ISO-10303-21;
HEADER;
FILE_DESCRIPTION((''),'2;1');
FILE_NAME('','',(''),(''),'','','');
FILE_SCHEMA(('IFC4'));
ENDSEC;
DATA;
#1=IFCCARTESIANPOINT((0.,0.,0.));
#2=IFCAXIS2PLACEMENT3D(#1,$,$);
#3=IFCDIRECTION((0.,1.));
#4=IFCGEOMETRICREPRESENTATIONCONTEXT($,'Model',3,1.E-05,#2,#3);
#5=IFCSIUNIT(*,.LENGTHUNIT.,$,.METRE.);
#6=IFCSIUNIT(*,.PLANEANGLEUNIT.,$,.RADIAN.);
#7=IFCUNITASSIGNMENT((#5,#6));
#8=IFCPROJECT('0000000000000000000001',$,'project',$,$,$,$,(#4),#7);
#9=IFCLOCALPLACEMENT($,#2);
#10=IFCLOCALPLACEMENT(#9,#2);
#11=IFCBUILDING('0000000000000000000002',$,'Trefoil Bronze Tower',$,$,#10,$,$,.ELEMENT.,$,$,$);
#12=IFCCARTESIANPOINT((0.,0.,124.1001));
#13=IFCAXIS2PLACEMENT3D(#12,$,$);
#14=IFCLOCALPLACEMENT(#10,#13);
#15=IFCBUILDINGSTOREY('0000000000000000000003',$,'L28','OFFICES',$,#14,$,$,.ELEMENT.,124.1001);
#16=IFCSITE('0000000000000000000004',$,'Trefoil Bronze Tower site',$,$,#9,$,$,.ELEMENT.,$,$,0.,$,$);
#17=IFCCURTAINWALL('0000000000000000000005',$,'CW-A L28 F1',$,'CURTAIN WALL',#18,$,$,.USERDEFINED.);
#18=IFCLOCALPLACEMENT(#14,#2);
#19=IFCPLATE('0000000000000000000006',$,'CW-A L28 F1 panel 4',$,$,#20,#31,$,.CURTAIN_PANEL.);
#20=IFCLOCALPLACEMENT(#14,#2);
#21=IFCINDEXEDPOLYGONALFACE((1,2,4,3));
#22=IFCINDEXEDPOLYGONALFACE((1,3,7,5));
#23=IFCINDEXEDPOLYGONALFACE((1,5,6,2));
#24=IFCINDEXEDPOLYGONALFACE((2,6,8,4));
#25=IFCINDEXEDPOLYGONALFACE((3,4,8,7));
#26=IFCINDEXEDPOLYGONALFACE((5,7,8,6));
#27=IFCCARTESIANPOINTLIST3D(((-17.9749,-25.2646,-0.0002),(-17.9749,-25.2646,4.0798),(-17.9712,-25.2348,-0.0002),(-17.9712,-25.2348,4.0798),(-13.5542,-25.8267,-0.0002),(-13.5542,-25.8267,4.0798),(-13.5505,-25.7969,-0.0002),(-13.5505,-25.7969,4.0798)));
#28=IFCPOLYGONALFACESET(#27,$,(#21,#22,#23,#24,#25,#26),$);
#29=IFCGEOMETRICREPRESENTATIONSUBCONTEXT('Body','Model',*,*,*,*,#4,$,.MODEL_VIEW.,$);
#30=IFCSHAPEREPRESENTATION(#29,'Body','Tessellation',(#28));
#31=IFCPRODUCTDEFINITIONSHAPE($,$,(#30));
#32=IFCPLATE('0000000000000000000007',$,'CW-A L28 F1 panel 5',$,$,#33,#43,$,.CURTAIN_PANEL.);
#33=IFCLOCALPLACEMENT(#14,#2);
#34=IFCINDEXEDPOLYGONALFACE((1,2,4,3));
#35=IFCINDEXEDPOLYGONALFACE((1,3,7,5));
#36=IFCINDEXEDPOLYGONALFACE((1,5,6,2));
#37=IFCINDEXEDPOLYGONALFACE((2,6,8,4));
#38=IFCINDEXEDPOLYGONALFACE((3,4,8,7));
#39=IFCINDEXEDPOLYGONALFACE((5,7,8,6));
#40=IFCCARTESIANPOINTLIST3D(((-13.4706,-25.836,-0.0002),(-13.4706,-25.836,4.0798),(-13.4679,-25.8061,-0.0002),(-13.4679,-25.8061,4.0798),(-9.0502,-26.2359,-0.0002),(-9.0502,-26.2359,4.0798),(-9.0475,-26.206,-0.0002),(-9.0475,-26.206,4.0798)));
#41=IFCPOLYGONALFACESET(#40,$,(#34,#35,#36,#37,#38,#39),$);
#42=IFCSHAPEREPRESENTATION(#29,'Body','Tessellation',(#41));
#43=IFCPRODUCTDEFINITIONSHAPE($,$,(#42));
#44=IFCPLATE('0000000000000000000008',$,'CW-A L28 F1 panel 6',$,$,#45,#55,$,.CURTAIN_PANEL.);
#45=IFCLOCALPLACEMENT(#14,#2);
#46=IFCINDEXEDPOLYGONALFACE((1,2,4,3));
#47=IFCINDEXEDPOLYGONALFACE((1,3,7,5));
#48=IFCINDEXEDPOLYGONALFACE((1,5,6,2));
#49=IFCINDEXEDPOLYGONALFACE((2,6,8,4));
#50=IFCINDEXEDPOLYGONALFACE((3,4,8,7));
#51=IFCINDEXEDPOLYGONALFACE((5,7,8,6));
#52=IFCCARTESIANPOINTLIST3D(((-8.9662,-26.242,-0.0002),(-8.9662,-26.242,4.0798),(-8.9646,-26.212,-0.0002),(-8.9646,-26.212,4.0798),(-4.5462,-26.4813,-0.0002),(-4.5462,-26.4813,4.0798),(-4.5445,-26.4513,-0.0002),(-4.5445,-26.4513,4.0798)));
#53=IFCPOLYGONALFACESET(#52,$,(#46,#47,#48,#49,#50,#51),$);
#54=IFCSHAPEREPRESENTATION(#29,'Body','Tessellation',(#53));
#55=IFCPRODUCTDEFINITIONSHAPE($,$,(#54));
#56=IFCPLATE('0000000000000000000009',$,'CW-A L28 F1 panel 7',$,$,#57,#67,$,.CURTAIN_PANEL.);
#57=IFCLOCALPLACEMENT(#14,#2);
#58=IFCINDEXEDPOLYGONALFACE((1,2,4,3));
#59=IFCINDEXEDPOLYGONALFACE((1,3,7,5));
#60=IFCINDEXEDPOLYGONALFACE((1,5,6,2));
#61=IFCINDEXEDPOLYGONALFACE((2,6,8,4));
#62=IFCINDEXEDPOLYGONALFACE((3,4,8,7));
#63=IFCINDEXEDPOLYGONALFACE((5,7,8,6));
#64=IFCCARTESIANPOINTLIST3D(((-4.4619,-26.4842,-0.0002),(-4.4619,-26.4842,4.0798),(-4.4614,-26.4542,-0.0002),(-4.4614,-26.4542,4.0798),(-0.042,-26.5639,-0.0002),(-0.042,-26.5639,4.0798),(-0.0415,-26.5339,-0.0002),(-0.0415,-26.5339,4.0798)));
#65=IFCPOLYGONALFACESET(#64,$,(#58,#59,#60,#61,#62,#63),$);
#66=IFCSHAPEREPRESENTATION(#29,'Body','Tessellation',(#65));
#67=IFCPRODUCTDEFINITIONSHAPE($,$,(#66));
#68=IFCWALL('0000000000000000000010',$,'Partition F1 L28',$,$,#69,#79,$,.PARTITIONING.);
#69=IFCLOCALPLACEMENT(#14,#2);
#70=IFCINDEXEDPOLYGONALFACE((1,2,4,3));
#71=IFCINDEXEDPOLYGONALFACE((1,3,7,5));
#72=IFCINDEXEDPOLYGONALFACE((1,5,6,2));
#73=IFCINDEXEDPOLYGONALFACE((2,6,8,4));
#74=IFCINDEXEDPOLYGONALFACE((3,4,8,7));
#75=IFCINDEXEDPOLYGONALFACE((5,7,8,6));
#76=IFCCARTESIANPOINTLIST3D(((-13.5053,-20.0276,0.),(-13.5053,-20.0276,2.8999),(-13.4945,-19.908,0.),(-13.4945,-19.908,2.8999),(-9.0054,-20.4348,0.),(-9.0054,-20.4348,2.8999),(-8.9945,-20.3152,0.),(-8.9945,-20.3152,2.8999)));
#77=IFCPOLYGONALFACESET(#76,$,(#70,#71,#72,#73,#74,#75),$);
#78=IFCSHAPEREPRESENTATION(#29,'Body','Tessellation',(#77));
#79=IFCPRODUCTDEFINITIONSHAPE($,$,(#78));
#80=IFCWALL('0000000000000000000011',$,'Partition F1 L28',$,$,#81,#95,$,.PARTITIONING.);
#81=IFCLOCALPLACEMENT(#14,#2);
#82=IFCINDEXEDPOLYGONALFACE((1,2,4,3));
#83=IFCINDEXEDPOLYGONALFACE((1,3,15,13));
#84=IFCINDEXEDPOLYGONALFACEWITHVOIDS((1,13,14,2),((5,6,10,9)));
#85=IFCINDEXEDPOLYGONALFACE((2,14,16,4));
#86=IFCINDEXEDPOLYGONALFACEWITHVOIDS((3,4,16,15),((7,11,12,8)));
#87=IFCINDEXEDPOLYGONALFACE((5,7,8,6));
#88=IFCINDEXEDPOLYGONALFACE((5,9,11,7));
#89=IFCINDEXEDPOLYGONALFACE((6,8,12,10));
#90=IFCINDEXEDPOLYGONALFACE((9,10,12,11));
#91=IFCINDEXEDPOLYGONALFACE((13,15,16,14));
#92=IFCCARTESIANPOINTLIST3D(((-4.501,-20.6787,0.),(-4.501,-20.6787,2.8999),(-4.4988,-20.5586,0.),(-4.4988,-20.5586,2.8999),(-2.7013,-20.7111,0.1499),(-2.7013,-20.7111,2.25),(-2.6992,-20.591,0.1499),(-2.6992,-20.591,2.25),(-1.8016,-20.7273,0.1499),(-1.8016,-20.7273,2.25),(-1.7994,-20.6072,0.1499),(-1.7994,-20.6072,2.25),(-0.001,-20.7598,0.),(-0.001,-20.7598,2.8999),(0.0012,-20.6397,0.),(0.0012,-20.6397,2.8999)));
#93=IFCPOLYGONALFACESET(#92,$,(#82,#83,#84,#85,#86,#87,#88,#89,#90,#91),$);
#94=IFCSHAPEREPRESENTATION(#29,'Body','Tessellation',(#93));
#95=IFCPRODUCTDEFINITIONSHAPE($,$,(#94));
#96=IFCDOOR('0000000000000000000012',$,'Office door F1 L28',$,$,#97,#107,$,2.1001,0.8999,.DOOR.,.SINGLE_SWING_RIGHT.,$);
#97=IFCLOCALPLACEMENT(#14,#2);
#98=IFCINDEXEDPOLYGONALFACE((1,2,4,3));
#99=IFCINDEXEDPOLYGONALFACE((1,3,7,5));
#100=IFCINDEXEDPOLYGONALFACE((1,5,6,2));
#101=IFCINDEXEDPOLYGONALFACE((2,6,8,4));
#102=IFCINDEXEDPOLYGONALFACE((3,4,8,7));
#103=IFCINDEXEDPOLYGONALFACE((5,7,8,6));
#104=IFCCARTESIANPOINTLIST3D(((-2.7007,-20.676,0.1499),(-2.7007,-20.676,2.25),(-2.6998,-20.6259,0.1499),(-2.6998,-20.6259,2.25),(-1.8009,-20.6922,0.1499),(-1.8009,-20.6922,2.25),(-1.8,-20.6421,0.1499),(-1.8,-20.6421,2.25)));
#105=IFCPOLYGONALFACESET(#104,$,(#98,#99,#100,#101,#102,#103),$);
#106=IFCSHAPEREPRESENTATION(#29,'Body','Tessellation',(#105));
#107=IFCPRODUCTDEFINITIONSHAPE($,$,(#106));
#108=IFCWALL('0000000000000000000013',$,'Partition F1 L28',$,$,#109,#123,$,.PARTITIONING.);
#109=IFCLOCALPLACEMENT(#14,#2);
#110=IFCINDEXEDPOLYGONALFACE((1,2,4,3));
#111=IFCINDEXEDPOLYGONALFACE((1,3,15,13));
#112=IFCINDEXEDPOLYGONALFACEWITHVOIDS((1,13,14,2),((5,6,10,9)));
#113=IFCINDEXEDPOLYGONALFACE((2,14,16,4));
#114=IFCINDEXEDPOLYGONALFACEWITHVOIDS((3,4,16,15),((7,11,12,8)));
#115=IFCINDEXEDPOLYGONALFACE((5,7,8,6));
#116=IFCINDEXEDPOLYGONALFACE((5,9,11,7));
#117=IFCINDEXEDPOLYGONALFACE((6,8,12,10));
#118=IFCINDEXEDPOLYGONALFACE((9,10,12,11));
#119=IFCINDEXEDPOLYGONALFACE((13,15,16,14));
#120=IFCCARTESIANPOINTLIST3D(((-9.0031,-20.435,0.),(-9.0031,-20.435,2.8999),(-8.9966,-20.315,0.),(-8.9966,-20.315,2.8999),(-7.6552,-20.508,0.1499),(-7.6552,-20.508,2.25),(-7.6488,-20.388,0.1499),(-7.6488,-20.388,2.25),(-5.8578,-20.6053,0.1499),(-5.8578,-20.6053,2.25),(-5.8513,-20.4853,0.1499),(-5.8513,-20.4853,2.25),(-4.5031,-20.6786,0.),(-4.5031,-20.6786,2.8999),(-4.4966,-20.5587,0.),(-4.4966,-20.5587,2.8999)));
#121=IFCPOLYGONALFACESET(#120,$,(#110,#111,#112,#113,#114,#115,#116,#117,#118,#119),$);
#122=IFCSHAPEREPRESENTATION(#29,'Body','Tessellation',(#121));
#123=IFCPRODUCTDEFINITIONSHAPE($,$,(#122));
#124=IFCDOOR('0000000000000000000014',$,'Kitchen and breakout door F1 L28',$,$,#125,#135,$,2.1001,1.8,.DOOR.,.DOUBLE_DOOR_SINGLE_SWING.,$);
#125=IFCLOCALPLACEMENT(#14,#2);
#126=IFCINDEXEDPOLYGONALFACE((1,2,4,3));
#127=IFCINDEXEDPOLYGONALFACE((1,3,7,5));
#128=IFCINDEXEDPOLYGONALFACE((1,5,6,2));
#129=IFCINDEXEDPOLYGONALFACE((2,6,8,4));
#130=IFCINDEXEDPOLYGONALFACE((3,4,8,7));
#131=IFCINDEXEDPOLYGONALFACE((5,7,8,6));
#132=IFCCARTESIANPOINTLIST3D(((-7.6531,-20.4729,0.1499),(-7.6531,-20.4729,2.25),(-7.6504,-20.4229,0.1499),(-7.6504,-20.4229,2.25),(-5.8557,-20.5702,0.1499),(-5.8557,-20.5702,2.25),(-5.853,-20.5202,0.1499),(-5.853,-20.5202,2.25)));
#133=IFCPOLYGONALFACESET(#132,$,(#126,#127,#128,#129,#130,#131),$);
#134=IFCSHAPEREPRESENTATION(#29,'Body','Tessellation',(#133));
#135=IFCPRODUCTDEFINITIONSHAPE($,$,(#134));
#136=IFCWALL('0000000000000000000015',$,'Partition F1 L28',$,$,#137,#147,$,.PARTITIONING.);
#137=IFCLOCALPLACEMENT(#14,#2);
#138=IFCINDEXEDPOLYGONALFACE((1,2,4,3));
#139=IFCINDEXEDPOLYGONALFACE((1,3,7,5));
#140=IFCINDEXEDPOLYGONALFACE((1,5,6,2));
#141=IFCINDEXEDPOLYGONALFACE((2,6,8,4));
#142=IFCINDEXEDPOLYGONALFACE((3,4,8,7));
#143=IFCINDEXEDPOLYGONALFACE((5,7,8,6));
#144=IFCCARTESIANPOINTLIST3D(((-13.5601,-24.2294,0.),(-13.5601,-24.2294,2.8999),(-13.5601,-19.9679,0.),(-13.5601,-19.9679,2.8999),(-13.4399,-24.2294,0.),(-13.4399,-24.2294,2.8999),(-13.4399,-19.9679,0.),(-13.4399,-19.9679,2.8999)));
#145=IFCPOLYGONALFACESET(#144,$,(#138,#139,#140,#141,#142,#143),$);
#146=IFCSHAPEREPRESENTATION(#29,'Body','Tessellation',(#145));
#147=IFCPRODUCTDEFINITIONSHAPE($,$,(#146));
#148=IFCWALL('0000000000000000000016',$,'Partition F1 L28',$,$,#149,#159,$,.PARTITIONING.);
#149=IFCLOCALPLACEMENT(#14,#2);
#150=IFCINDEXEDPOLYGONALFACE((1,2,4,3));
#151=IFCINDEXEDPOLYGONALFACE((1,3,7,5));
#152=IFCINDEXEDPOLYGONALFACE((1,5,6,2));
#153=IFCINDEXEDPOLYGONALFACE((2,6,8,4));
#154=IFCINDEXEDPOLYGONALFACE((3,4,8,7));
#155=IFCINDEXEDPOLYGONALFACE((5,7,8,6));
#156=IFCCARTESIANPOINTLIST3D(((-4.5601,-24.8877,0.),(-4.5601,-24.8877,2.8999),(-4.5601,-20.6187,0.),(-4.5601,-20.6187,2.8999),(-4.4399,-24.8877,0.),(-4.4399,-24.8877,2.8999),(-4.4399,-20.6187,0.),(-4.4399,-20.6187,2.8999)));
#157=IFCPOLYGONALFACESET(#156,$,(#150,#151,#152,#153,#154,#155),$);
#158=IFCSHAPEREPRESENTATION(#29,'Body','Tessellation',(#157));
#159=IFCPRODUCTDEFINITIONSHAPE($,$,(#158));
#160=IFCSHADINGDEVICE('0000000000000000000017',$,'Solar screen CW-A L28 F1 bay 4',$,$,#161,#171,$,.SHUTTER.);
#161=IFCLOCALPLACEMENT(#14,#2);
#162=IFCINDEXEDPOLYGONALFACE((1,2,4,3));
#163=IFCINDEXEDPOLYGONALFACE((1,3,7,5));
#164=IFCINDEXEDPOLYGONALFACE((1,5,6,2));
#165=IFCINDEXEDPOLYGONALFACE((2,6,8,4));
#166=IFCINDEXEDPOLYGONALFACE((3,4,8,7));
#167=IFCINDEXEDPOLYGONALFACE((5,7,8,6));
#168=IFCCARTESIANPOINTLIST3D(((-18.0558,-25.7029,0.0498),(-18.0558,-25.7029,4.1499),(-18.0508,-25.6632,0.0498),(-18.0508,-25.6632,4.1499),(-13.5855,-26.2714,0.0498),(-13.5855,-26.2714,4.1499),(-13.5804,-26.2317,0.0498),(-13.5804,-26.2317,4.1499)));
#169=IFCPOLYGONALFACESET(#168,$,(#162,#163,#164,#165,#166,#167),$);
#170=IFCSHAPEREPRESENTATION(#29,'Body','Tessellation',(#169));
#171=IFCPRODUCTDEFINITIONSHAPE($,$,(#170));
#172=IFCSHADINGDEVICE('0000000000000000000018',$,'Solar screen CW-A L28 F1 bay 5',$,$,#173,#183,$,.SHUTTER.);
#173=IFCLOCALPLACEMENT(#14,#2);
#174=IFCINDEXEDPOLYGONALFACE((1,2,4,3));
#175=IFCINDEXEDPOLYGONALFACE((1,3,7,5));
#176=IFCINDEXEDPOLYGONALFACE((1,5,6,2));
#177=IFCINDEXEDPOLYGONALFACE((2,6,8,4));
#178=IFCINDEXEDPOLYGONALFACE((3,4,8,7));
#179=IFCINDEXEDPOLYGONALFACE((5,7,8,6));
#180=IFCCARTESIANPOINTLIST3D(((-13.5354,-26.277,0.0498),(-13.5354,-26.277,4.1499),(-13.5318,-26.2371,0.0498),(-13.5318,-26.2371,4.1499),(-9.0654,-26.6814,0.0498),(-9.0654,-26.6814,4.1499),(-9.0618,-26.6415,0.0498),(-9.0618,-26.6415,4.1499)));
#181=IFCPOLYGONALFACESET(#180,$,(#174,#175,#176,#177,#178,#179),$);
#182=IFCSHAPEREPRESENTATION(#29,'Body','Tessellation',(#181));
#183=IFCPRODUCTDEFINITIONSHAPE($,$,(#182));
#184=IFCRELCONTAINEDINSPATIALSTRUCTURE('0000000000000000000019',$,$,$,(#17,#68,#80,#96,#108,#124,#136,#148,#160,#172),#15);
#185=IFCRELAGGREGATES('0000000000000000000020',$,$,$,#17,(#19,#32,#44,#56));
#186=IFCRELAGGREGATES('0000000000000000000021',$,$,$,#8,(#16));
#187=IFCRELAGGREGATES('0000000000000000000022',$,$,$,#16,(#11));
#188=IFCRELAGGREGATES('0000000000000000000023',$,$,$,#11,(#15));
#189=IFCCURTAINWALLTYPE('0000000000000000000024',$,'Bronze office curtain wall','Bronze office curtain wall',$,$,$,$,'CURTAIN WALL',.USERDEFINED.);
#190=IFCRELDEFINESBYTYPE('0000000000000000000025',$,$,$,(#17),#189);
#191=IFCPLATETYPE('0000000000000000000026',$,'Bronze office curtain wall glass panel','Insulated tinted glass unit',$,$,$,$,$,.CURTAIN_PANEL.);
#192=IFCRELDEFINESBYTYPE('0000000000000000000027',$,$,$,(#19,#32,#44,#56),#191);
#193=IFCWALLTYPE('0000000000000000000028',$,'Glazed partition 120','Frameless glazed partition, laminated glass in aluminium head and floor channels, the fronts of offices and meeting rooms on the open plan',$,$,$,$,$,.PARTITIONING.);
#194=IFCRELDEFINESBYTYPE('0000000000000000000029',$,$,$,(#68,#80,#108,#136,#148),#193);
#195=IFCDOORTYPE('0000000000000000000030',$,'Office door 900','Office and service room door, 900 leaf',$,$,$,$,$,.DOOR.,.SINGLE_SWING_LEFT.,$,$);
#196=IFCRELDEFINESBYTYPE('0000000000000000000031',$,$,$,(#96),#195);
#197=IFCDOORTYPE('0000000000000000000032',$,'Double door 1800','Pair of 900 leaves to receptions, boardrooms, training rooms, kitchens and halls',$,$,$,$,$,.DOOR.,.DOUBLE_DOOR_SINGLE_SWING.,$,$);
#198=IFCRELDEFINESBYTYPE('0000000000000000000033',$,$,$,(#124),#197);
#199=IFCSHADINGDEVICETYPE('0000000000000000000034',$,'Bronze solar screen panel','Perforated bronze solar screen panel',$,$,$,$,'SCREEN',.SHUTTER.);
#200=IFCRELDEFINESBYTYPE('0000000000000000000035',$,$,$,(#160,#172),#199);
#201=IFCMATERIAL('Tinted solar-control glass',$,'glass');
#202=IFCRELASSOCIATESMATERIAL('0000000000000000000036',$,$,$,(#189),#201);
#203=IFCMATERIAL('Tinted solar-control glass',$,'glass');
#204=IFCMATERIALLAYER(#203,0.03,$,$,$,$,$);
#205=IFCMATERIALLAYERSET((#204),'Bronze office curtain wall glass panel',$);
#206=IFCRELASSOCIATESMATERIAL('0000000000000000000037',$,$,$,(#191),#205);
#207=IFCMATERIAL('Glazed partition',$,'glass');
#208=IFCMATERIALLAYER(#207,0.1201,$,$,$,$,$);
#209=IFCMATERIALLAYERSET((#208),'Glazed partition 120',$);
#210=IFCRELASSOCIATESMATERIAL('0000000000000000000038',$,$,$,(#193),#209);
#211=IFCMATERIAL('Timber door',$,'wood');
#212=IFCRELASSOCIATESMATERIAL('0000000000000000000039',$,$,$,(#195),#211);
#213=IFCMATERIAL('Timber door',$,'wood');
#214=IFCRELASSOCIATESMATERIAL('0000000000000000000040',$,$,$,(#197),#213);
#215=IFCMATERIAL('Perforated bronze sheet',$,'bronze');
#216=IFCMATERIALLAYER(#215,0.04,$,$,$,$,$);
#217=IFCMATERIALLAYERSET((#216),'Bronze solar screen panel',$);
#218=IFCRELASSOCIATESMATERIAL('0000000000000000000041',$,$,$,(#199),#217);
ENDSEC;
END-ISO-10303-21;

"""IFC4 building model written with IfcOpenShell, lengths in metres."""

from ifc_helpers import new_model, si_unit, direction, frame, frame_2d, origin, origin_2d, place, context, subcontext, project, spatial, rectangle, extrude, material, layer, layer_set, type_object, element, fill, aggregate, save


model = new_model("IFC4")

# Units and contexts
model_context = context("Model", 3, precision=1e-05, world=origin(), true_north=direction((0.0, 1.0)))
body_context = subcontext(model_context, "Body", "Model", "MODEL_VIEW")
ifc_project = project(units=[si_unit("LENGTHUNIT", "METRE"), si_unit("PLANEANGLEUNIT", "RADIAN")], contexts=[model_context])

# Site, building, storey
site_placement = place(None, origin())
site = spatial("IfcSite", under=ifc_project, at=site_placement, Name="Trefoil Bronze Tower site", CompositionType="ELEMENT", RefElevation=0.0)
building_placement = place(site_placement, origin())
building = spatial("IfcBuilding", under=site, at=building_placement, Name="Trefoil Bronze Tower", CompositionType="ELEMENT")
storey_placement = place(building_placement, frame((0.0, 0.0, 124.1001)))
storey = spatial("IfcBuildingStorey", under=building, at=storey_placement, Name="L28", Description="OFFICES", CompositionType="ELEMENT", Elevation=124.1001)

# Curtain wall
ifc_material_1 = material(Name="Tinted solar-control glass", Category="glass")
curtain_wall_type = type_object("IfcCurtainWallType", Name="Bronze office curtain wall", Description="Bronze office curtain wall", ElementType="CURTAIN WALL", PredefinedType="USERDEFINED", material=ifc_material_1)
curtain_wall_placement = place(storey_placement, origin())
curtain_wall = element("IfcCurtainWall", 1, at=curtain_wall_placement, inside=storey, type_object=curtain_wall_type, Name="CW-A L28 F1", ObjectType="CURTAIN WALL", PredefinedType="USERDEFINED")

# Plates
ifc_material_2 = material(Name="Tinted solar-control glass", Category="glass")
ifc_layer_1 = layer(ifc_material_2, 0.03)
ifc_layer_set_1 = layer_set([ifc_layer_1], Name="Bronze office curtain wall glass panel")
plate_type = type_object("IfcPlateType", Name="Bronze office curtain wall glass panel", Description="Insulated tinted glass unit", PredefinedType="CURTAIN_PANEL", material=ifc_layer_set_1)
plate_1_placement = place(storey_placement, frame((-15.7627, -25.5308, -0.0002), z_axis=(0.0, 0.0, 1.0), x_axis=(0.992012, -0.126147, 0.0)))
plate_1 = element("IfcPlate", 2, at=plate_1_placement, type_object=plate_type, Name="CW-A L28 F1 panel 4", PredefinedType="CURTAIN_PANEL", context=body_context, shape_type="SweptSolid", body=[
    extrude(rectangle(XDim=4.4563, YDim=0.03, at=origin_2d()), origin(), (0.0, 0.0, 1.0), 4.0801),
])
plate_2_placement = place(storey_placement, frame((-11.259, -26.021, -0.0002), z_axis=(0.0, 0.0, 1.0), x_axis=(0.995932, -0.090105, 0.0)))
plate_2 = element("IfcPlate", 3, at=plate_2_placement, type_object=plate_type, Name="CW-A L28 F1 panel 5", PredefinedType="CURTAIN_PANEL", context=body_context, shape_type="SweptSolid", body=[
    extrude(rectangle(XDim=4.4385, YDim=0.03, at=origin_2d()), origin(), (0.0, 0.0, 1.0), 4.0801),
])
plate_3_placement = place(storey_placement, frame((-6.7554, -26.3467, -0.0002), z_axis=(0.0, 0.0, 1.0), x_axis=(0.998538, -0.054063, 0.0)))
plate_3 = element("IfcPlate", 4, at=plate_3_placement, type_object=plate_type, Name="CW-A L28 F1 panel 6", PredefinedType="CURTAIN_PANEL", context=body_context, shape_type="SweptSolid", body=[
    extrude(rectangle(XDim=4.4265, YDim=0.03, at=origin_2d()), origin(), (0.0, 0.0, 1.0), 4.0801),
])
plate_4_placement = place(storey_placement, frame((-2.2517, -26.509, -0.0002), z_axis=(0.0, 0.0, 1.0), x_axis=(0.999838, -0.018021, 0.0)))
plate_4 = element("IfcPlate", 5, at=plate_4_placement, type_object=plate_type, Name="CW-A L28 F1 panel 7", PredefinedType="CURTAIN_PANEL", context=body_context, shape_type="SweptSolid", body=[
    extrude(rectangle(XDim=4.4207, YDim=0.03, at=origin_2d()), origin(), (0.0, 0.0, 1.0), 4.0801),
])
aggregate(curtain_wall, [plate_1, plate_2, plate_3, plate_4])

# Wall
ifc_material_3 = material(Name="Glazed partition", Category="glass")
ifc_layer_2 = layer(ifc_material_3, 0.1201)
ifc_layer_set_2 = layer_set([ifc_layer_2], Name="Glazed partition 120")
wall_type = type_object("IfcWallType", Name="Glazed partition 120", Description="Frameless glazed partition, laminated glass in aluminium head and floor channels, the fronts of offices and meeting rooms on the open plan", PredefinedType="PARTITIONING", material=ifc_layer_set_2)
wall_1_placement = place(storey_placement, frame((-13.5, -19.9678, 0.0), z_axis=(0.0, 0.0, 1.0), x_axis=(0.99593, -0.090127, 0.0)))
element("IfcWall", 6, at=wall_1_placement, inside=storey, type_object=wall_type, Name="Partition F1 L28", PredefinedType="PARTITIONING", context=body_context, shape_type="SweptSolid", body=[
    extrude(rectangle(XDim=4.5183, YDim=0.1201, at=frame_2d((2.2593, 0.0))), origin(), (0.0, 0.0, 1.0), 2.8999),
])

# Walls, openings, doors
wall_2_placement = place(storey_placement, frame((-4.5, -20.6187, 0.0), z_axis=(0.0, 0.0, 1.0), x_axis=(0.999838, -0.018009, 0.0)))
wall_2 = element("IfcWall", 7, at=wall_2_placement, inside=storey, type_object=wall_type, Name="Partition F1 L28", PredefinedType="PARTITIONING", context=body_context, shape_type="SweptSolid", body=[
    extrude(rectangle(XDim=4.5007, YDim=0.1201, at=frame_2d((2.2505, 0.0))), origin(), (0.0, 0.0, 1.0), 2.8999),
])
opening_1_placement = place(wall_2_placement, frame((1.8, 0.0, 0.1499)))
opening_1 = element("IfcOpeningElement", 8, at=opening_1_placement, cuts=wall_2, PredefinedType="OPENING", context=body_context, shape_type="SweptSolid", body=[
    extrude(rectangle(XDim=0.8999, YDim=2.1001, at=frame_2d((0.45, 1.05))), frame((0.0, 0.0701, 0.0), z_axis=(0.0, -1.0, 0.0), x_axis=(1.0, 0.0, 0.0)), (0.0, 0.0, 1.0), 0.1401),
])
ifc_material_4 = material(Name="Timber door", Category="wood")
door_type_1 = type_object("IfcDoorType", Name="Office door 900", Description="Office and service room door, 900 leaf", OperationType="SINGLE_SWING_LEFT", PredefinedType="DOOR", material=ifc_material_4)
door_1_placement = place(opening_1_placement, frame((0.8999, 0.0, 0.0), z_axis=(0.0, 0.0, 1.0), x_axis=(-1.0, 0.0, 0.0)))
door_1 = element("IfcDoor", 9, at=door_1_placement, inside=storey, type_object=door_type_1, Name="Office door F1 L28", OperationType="SINGLE_SWING_RIGHT", OverallHeight=2.1001, OverallWidth=0.8999, PredefinedType="DOOR", context=body_context, shape_type="SweptSolid", body=[
    extrude(rectangle(XDim=0.8999, YDim=2.1001, at=frame_2d((0.45, 1.05))), frame((0.0, 0.0249, 0.0), z_axis=(0.0, -1.0, 0.0), x_axis=(1.0, 0.0, 0.0)), (0.0, 0.0, 1.0), 0.05),
])
fill(opening_1, door_1)
wall_3_placement = place(storey_placement, frame((-9.0, -20.375, 0.0), z_axis=(0.0, 0.0, 1.0), x_axis=(0.998537, -0.054066, 0.0)))
wall_3 = element("IfcWall", 10, at=wall_3_placement, inside=storey, type_object=wall_type, Name="Partition F1 L28", PredefinedType="PARTITIONING", context=body_context, shape_type="SweptSolid", body=[
    extrude(rectangle(XDim=4.5066, YDim=0.1201, at=frame_2d((2.2534, 0.0))), origin(), (0.0, 0.0, 1.0), 2.8999),
])
opening_2_placement = place(wall_3_placement, frame((1.3501, 0.0, 0.1499)))
opening_2 = element("IfcOpeningElement", 11, at=opening_2_placement, cuts=wall_3, PredefinedType="OPENING", context=body_context, shape_type="SweptSolid", body=[
    extrude(rectangle(XDim=1.8, YDim=2.1001, at=frame_2d((0.8999, 1.05))), frame((0.0, 0.0701, 0.0), z_axis=(0.0, -1.0, 0.0), x_axis=(1.0, 0.0, 0.0)), (0.0, 0.0, 1.0), 0.1401),
])
ifc_material_5 = material(Name="Timber door", Category="wood")
door_type_2 = type_object("IfcDoorType", Name="Double door 1800", Description="Pair of 900 leaves to receptions, boardrooms, training rooms, kitchens and halls", OperationType="DOUBLE_DOOR_SINGLE_SWING", PredefinedType="DOOR", material=ifc_material_5)
door_2_placement = place(opening_2_placement, frame((1.8, 0.0, 0.0), z_axis=(0.0, 0.0, 1.0), x_axis=(-1.0, 0.0, 0.0)))
door_2 = element("IfcDoor", 12, at=door_2_placement, inside=storey, type_object=door_type_2, Name="Kitchen and breakout door F1 L28", OperationType="DOUBLE_DOOR_SINGLE_SWING", OverallHeight=2.1001, OverallWidth=1.8, PredefinedType="DOOR", context=body_context, shape_type="SweptSolid", body=[
    extrude(rectangle(XDim=1.8, YDim=2.1001, at=frame_2d((0.8999, 1.05))), frame((0.0, 0.0249, 0.0), z_axis=(0.0, -1.0, 0.0), x_axis=(1.0, 0.0, 0.0)), (0.0, 0.0, 1.0), 0.05),
])
fill(opening_2, door_2)

# Walls
wall_4_placement = place(storey_placement, frame((-13.5, -19.9678, 0.0), z_axis=(0.0, 0.0, 1.0), x_axis=(0.0, -1.0, 0.0)))
element("IfcWall", 13, at=wall_4_placement, inside=storey, type_object=wall_type, Name="Partition F1 L28", PredefinedType="PARTITIONING", context=body_context, shape_type="SweptSolid", body=[
    extrude(rectangle(XDim=4.2615, YDim=0.1201, at=frame_2d((2.1309, 0.0))), origin(), (0.0, 0.0, 1.0), 2.8999),
])
wall_5_placement = place(storey_placement, frame((-4.5, -20.6187, 0.0), z_axis=(0.0, 0.0, 1.0), x_axis=(0.0, -1.0, 0.0)))
element("IfcWall", 14, at=wall_5_placement, inside=storey, type_object=wall_type, Name="Partition F1 L28", PredefinedType="PARTITIONING", context=body_context, shape_type="SweptSolid", body=[
    extrude(rectangle(XDim=4.269, YDim=0.1201, at=frame_2d((2.1345, 0.0))), origin(), (0.0, 0.0, 1.0), 2.8999),
])

# Shading devices
ifc_material_6 = material(Name="Perforated bronze sheet", Category="bronze")
ifc_layer_3 = layer(ifc_material_6, 0.04)
ifc_layer_set_3 = layer_set([ifc_layer_3], Name="Bronze solar screen panel")
shading_device_type = type_object("IfcShadingDeviceType", Name="Bronze solar screen panel", Description="Perforated bronze solar screen panel", ElementType="SCREEN", PredefinedType="SHUTTER", material=ifc_layer_set_3)
shading_device_1_placement = place(storey_placement, frame((-15.8181, -25.9673, 0.0498), z_axis=(0.0, 0.0, 1.0), x_axis=(0.992012, -0.126147, 0.0)))
element("IfcShadingDevice", 15, at=shading_device_1_placement, inside=storey, type_object=shading_device_type, Name="Solar screen CW-A L28 F1 bay 4", PredefinedType="SHUTTER", context=body_context, shape_type="SweptSolid", body=[
    extrude(rectangle(XDim=4.5063, YDim=0.04, at=origin_2d()), origin(), (0.0, 0.0, 1.0), 4.1001),
])
shading_device_2_placement = place(storey_placement, frame((-11.2986, -26.4592, 0.0498), z_axis=(0.0, 0.0, 1.0), x_axis=(0.995932, -0.090105, 0.0)))
element("IfcShadingDevice", 16, at=shading_device_2_placement, inside=storey, type_object=shading_device_type, Name="Solar screen CW-A L28 F1 bay 5", PredefinedType="SHUTTER", context=body_context, shape_type="SweptSolid", body=[
    extrude(rectangle(XDim=4.4883, YDim=0.04, at=origin_2d()), origin(), (0.0, 0.0, 1.0), 4.1001),
])

save(model, "model.ifc")
